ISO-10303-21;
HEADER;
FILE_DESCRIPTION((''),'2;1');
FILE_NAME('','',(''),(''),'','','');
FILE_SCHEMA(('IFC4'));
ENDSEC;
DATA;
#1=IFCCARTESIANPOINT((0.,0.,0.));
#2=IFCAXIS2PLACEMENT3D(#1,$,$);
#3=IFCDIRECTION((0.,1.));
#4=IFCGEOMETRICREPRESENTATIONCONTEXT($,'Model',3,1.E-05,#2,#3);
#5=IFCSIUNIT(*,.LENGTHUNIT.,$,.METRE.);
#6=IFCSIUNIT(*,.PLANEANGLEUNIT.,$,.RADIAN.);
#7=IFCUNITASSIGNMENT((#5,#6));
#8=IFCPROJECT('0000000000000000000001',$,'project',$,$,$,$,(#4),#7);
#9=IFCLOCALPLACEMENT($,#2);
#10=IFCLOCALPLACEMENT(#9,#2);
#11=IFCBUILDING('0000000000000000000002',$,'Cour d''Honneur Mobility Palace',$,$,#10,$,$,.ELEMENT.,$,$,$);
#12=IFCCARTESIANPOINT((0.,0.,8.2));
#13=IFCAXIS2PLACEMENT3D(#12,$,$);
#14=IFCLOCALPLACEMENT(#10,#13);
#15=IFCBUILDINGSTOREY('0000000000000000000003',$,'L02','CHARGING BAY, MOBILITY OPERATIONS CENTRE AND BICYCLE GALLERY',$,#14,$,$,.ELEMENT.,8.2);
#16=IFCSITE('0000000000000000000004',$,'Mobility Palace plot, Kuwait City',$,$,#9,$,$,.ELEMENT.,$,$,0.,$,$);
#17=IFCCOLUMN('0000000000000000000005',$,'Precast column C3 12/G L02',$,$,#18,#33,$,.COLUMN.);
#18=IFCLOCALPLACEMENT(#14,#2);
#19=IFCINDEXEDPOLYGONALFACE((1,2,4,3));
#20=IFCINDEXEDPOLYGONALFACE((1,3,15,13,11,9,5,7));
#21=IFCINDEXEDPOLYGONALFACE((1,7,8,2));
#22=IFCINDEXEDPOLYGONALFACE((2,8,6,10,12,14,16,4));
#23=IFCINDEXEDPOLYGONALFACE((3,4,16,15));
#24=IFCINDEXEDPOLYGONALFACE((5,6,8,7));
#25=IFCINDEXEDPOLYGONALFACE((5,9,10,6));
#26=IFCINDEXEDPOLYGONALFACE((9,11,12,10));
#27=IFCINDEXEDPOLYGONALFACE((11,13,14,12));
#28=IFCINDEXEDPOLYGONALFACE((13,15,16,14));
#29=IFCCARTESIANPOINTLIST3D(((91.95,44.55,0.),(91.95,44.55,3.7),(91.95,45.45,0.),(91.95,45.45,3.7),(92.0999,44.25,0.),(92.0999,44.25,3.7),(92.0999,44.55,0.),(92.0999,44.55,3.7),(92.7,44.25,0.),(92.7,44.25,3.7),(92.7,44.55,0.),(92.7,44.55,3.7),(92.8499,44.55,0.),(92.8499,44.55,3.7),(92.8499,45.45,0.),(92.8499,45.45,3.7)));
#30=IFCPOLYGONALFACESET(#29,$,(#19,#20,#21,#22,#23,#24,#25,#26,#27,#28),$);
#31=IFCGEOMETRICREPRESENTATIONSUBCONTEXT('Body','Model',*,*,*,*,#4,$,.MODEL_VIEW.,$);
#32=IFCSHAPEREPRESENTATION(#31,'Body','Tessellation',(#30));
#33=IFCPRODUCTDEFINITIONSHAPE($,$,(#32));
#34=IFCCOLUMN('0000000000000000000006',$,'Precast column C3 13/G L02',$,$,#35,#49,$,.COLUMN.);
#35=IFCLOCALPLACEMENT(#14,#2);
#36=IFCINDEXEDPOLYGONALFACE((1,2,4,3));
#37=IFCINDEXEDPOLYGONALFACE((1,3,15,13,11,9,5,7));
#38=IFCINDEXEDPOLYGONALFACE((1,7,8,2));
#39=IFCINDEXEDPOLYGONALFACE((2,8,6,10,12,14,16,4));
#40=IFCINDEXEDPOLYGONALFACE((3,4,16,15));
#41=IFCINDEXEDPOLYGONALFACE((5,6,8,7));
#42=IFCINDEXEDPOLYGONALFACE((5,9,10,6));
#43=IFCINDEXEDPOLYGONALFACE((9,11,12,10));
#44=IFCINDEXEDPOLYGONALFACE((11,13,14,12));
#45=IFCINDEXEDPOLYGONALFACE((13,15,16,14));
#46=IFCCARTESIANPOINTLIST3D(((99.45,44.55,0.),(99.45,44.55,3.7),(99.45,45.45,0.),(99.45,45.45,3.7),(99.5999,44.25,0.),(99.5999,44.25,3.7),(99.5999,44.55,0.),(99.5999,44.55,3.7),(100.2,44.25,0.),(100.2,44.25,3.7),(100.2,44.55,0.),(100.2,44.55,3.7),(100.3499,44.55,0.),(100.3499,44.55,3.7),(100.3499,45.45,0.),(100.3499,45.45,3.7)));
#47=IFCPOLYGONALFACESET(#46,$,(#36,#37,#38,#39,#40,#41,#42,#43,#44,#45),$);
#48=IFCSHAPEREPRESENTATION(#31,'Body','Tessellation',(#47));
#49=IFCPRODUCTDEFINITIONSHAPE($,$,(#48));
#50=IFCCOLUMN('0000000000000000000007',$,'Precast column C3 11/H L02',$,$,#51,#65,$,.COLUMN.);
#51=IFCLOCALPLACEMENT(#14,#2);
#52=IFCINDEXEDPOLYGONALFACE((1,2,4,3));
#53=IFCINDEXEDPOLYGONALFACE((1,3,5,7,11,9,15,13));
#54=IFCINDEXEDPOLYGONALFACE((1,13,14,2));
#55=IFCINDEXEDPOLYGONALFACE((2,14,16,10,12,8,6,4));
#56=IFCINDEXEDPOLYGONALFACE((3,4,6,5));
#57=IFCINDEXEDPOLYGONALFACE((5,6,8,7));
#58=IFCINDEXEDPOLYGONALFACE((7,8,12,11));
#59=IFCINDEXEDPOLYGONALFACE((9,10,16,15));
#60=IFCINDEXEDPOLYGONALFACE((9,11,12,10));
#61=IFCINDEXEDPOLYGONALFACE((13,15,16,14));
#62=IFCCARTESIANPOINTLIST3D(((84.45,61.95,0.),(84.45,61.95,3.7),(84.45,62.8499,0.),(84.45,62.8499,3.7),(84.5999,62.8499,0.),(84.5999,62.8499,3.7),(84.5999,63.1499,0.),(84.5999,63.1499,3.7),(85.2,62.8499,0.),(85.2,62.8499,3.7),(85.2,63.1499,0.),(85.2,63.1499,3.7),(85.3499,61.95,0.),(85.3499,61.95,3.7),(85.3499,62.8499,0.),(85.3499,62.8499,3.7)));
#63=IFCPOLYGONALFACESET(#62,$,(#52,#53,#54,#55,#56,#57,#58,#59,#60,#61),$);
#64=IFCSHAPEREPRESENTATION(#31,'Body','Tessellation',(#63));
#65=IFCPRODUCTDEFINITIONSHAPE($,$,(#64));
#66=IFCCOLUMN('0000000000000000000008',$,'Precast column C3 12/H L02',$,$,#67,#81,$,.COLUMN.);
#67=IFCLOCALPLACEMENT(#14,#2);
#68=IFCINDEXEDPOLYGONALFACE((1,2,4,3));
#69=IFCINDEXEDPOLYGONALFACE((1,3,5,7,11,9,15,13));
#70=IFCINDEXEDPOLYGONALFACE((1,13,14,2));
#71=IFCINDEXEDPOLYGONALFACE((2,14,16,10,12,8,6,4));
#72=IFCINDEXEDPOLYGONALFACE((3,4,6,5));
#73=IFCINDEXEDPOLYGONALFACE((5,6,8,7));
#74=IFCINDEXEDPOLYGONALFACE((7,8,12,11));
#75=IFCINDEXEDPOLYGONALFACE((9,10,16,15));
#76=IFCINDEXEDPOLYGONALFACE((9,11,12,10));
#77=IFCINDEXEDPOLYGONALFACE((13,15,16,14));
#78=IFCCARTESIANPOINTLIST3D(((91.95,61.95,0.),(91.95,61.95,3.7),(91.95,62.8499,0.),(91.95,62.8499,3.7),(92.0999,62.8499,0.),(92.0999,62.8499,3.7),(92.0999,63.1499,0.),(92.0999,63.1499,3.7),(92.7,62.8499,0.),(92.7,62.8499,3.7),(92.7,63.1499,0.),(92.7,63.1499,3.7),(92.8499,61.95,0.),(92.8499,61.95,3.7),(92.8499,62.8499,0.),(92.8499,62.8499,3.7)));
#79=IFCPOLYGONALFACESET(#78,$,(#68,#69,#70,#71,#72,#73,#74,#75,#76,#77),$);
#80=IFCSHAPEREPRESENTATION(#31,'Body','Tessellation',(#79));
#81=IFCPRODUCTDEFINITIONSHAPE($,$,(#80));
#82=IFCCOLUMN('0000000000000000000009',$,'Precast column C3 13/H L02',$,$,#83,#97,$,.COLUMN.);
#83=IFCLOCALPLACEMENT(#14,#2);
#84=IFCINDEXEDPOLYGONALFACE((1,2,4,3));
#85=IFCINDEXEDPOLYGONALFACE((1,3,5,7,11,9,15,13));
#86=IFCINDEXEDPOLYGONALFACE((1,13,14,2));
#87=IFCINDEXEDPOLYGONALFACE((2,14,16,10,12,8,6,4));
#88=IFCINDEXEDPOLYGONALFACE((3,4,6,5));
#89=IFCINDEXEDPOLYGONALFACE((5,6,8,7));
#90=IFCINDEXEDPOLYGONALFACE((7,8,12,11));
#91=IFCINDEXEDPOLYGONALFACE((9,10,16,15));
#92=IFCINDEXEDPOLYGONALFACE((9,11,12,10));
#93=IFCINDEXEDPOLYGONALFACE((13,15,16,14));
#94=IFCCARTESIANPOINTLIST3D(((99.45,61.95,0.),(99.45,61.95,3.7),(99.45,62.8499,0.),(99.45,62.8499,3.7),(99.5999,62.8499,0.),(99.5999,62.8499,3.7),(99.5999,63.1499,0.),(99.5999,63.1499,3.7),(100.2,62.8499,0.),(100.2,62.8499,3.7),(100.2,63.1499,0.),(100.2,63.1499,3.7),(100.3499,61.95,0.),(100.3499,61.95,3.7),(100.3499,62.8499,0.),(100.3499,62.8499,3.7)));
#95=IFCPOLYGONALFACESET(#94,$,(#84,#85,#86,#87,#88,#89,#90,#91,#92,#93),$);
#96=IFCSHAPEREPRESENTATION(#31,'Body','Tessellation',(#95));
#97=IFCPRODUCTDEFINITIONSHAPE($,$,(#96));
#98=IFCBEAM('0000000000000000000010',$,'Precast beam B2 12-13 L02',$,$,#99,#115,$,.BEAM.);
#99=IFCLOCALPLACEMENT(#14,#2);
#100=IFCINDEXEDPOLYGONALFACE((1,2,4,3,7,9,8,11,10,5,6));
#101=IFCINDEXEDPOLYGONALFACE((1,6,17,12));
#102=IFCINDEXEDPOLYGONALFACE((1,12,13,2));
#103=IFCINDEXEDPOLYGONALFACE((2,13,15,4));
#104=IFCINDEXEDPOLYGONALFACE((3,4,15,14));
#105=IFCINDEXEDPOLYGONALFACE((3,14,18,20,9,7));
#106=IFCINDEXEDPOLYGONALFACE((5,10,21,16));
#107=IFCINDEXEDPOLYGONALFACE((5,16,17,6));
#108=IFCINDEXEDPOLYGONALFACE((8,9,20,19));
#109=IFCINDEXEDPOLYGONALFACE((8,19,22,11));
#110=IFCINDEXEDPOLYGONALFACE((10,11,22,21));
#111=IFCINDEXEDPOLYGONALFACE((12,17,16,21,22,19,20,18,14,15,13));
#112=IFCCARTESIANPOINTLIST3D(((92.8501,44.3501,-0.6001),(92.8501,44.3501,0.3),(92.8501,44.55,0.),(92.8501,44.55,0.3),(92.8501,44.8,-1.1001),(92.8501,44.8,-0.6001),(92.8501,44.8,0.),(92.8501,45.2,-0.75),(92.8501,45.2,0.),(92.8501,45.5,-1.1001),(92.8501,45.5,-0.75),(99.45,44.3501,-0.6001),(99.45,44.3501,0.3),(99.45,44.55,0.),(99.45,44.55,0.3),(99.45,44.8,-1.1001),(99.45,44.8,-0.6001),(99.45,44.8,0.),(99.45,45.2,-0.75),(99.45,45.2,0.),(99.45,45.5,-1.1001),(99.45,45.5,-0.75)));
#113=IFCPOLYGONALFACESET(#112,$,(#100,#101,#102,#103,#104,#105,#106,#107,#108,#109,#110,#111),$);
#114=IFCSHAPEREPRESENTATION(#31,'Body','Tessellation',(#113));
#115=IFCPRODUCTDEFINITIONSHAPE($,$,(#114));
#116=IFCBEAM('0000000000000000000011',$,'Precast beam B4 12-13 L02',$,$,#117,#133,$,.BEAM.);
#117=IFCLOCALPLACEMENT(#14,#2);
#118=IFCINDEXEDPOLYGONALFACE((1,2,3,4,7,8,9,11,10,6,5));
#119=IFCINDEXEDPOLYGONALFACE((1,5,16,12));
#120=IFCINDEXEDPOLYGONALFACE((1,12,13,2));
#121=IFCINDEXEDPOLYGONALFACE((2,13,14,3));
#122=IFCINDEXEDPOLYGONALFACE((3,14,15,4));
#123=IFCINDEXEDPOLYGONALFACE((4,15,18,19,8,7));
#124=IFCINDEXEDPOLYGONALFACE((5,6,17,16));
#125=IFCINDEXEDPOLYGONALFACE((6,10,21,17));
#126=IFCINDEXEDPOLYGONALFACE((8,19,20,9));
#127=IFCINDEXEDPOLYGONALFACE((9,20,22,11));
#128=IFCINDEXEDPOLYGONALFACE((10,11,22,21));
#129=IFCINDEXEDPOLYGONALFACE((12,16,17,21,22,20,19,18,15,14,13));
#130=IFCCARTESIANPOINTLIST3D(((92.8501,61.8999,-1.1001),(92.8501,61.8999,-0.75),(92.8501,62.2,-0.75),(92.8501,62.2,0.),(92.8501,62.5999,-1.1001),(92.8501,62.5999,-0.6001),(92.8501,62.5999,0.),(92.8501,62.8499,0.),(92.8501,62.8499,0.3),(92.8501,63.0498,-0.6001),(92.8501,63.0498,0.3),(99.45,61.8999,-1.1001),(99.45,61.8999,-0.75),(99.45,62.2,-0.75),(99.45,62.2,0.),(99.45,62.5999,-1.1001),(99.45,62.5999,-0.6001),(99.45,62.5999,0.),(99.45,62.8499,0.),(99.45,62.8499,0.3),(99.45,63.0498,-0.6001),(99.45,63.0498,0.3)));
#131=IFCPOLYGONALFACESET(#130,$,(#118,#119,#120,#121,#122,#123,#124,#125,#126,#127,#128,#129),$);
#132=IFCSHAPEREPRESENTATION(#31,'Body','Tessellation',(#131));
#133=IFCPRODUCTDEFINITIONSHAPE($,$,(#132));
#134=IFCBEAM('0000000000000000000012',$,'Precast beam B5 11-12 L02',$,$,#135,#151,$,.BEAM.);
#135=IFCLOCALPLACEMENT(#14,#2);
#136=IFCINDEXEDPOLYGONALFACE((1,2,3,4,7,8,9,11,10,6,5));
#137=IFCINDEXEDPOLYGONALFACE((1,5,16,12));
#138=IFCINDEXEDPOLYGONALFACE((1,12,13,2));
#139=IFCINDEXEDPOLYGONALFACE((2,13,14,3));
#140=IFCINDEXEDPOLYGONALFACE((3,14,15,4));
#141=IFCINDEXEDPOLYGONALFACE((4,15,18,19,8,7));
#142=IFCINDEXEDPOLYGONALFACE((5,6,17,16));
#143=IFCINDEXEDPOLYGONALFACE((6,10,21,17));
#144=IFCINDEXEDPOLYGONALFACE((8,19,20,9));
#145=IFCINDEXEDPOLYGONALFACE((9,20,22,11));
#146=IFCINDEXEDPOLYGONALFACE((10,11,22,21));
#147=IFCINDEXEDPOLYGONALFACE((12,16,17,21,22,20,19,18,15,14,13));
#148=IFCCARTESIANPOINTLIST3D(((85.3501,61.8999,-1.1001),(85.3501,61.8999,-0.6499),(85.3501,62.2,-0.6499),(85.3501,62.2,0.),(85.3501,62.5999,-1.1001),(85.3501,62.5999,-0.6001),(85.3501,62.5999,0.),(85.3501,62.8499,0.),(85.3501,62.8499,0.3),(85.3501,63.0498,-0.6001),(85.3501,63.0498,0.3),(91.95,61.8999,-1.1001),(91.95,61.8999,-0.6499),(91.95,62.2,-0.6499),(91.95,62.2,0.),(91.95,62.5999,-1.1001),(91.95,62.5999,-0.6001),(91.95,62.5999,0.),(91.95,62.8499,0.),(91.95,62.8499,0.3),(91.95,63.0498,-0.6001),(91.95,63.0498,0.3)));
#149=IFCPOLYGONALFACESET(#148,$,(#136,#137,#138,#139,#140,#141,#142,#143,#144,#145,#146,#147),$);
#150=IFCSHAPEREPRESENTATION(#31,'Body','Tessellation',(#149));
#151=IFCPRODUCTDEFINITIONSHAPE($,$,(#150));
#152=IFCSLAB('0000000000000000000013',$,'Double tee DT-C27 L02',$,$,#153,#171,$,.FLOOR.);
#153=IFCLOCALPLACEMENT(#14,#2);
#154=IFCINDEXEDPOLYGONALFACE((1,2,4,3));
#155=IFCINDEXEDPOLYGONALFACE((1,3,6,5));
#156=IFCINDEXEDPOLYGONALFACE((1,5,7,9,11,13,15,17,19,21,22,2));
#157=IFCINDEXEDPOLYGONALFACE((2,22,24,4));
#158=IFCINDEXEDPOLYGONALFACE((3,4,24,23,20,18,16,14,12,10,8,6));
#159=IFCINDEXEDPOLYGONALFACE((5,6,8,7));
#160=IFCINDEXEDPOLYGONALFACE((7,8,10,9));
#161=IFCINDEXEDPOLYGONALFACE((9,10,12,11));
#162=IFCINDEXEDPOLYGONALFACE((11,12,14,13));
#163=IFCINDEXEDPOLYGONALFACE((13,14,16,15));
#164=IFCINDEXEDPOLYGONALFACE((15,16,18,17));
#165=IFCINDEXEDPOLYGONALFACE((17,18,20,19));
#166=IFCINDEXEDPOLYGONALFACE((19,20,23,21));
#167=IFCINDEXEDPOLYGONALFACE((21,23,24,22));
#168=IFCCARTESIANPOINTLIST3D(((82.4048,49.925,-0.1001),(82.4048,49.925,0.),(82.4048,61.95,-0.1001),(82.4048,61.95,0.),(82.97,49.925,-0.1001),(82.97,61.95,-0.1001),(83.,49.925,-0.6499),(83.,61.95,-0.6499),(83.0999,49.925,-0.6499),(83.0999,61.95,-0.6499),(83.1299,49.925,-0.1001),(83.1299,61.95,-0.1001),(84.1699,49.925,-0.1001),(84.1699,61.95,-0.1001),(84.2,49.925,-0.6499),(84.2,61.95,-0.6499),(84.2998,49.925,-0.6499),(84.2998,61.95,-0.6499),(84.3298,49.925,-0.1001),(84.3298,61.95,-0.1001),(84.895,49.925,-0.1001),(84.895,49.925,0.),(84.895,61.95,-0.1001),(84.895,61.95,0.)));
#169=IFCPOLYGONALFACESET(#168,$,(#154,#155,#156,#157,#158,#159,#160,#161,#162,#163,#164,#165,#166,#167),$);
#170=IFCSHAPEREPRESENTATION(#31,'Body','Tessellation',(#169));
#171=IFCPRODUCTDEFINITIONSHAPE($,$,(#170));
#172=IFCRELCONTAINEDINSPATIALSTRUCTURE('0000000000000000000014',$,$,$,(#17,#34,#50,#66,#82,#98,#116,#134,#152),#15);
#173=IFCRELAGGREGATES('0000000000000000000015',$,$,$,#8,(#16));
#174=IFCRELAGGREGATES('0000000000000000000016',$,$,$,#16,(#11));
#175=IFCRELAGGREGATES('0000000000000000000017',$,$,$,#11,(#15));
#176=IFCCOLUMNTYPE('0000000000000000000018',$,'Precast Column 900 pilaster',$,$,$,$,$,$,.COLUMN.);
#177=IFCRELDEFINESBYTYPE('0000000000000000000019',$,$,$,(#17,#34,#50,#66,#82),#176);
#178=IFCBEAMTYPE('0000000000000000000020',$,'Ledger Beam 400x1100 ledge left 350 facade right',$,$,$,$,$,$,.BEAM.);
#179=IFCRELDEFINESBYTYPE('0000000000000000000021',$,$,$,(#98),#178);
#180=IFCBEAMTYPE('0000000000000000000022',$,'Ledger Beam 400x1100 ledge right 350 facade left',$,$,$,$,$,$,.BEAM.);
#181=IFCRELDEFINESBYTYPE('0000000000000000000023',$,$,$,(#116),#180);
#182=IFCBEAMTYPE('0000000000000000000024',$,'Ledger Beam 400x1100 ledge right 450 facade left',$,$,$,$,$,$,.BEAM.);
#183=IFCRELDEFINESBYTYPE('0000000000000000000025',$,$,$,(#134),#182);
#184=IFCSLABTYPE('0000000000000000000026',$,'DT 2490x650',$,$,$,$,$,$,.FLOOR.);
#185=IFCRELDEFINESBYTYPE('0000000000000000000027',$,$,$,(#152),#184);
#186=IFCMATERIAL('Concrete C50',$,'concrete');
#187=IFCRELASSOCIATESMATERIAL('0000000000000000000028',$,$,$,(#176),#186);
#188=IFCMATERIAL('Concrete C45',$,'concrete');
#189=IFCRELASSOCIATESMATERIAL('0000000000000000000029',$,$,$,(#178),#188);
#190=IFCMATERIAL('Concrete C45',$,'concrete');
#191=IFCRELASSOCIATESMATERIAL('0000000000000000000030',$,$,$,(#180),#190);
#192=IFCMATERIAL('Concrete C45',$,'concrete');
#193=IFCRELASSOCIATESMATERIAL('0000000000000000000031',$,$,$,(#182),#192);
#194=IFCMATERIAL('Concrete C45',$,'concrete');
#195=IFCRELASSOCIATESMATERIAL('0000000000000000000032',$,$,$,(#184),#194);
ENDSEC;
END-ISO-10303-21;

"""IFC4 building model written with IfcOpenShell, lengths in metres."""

from ifc_helpers import new_model, si_unit, direction, frame, origin, place, context, subcontext, project, spatial, polyline, outline, extrude, material, material_profile, profile_set, type_object, element, save


model = new_model("IFC4")

# Units and contexts
model_context = context("Model", 3, precision=1e-05, world=origin(), true_north=direction((0.0, 1.0)))
body_context = subcontext(model_context, "Body", "Model", "MODEL_VIEW")
ifc_project = project(units=[si_unit("LENGTHUNIT", "METRE"), si_unit("PLANEANGLEUNIT", "RADIAN")], contexts=[model_context])

# Site, building, storey
site_placement = place(None, origin())
site = spatial("IfcSite", under=ifc_project, at=site_placement, Name="Mobility Palace plot, Kuwait City", CompositionType="ELEMENT", RefElevation=0.0)
building_placement = place(site_placement, origin())
building = spatial("IfcBuilding", under=site, at=building_placement, Name="Cour d'Honneur Mobility Palace", CompositionType="ELEMENT")
storey_placement = place(building_placement, frame((0.0, 0.0, 8.2)))
storey = spatial("IfcBuildingStorey", under=building, at=storey_placement, Name="L02", Description="CHARGING BAY, MOBILITY OPERATIONS CENTRE AND BICYCLE GALLERY", CompositionType="ELEMENT", Elevation=8.2)

# Columns
ifc_material_1 = material(Name="Concrete C50", Category="concrete")
ifc_material_profile_1 = material_profile(ifc_material_1, outline(polyline([(-0.45, -0.45), (0.45, -0.45), (0.45, -0.3), (0.75, -0.3), (0.75, 0.3), (0.45, 0.3), (0.45, 0.45), (-0.45, 0.45), (-0.45, -0.45)])), Name="PC C900 pilaster")
ifc_profile_set_1 = profile_set([ifc_material_profile_1], Name="Concrete C50")
column_type = type_object("IfcColumnType", Name="Precast Column 900 pilaster", PredefinedType="COLUMN", material=ifc_profile_set_1)
for number, where, z_axis, x_axis, name in (
    (1, (92.3999, 45.0, 0.0), (0.0, 0.0, 1.0), (0.0, -1.0, 0.0), "Precast column C3 12/G L02"),
    (2, (99.8999, 45.0, 0.0), (0.0, 0.0, 1.0), (0.0, -1.0, 0.0), "Precast column C3 13/G L02"),
    (3, (84.8999, 62.3999, 0.0), (0.0, 0.0, 1.0), (0.0, 1.0, 0.0), "Precast column C3 11/H L02"),
    (4, (92.3999, 62.3999, 0.0), (0.0, 0.0, 1.0), (0.0, 1.0, 0.0), "Precast column C3 12/H L02"),
    (5, (99.8999, 62.3999, 0.0), (0.0, 0.0, 1.0), (0.0, 1.0, 0.0), "Precast column C3 13/H L02"),
):
    element("IfcColumn", number, at=place(storey_placement, frame(where, z_axis=z_axis, x_axis=x_axis)), inside=storey, type_object=column_type, Name=name, PredefinedType="COLUMN", context=body_context, shape_type="SweptSolid", body=[
        extrude(outline(polyline([(-0.45, -0.45), (0.45, -0.45), (0.45, -0.3), (0.75, -0.3), (0.75, 0.3), (0.45, 0.3), (0.45, 0.45), (-0.45, 0.45), (-0.45, -0.45)])), origin(), (0.0, 0.0, 1.0), 3.7),
    ])

# Beams
ifc_material_2 = material(Name="Concrete C45", Category="concrete")
ifc_material_profile_2 = material_profile(ifc_material_2, outline(polyline([(0.5, -1.1001), (0.5, -0.75), (0.2, -0.75), (0.2, 0.0), (-0.2, 0.0), (-0.45, 0.0), (-0.45, 0.3), (-0.6499, 0.3), (-0.6499, -0.6001), (-0.2, -0.6001), (-0.2, -1.1001), (0.5, -1.1001)])), Name="Ledger Beam 400x1100 ledge left 350 facade right")
ifc_profile_set_2 = profile_set([ifc_material_profile_2], Name="Concrete C45")
beam_type_1 = type_object("IfcBeamType", Name="Ledger Beam 400x1100 ledge left 350 facade right", PredefinedType="BEAM", material=ifc_profile_set_2)
beam_1_placement = place(storey_placement, frame((92.8501, 45.0, 0.0), z_axis=(1.0, 0.0, 0.0), x_axis=(0.0, 1.0, 0.0)))
element("IfcBeam", 6, at=beam_1_placement, inside=storey, type_object=beam_type_1, Name="Precast beam B2 12-13 L02", PredefinedType="BEAM", context=body_context, shape_type="SweptSolid", body=[
    extrude(outline(polyline([(0.5, -1.1001), (0.5, -0.75), (0.2, -0.75), (0.2, 0.0), (-0.2, 0.0), (-0.45, 0.0), (-0.45, 0.3), (-0.6499, 0.3), (-0.6499, -0.6001), (-0.2, -0.6001), (-0.2, -1.1001), (0.5, -1.1001)])), origin(), (0.0, 0.0, 1.0), 6.5999),
])
ifc_material_3 = material(Name="Concrete C45", Category="concrete")
ifc_material_profile_3 = material_profile(ifc_material_3, outline(polyline([(0.2, -1.1001), (0.2, -0.6001), (0.6499, -0.6001), (0.6499, 0.3), (0.45, 0.3), (0.45, 0.0), (0.2, 0.0), (-0.2, 0.0), (-0.2, -0.75), (-0.5, -0.75), (-0.5, -1.1001), (0.2, -1.1001)])), Name="Ledger Beam 400x1100 ledge right 350 facade left")
ifc_profile_set_3 = profile_set([ifc_material_profile_3], Name="Concrete C45")
beam_type_2 = type_object("IfcBeamType", Name="Ledger Beam 400x1100 ledge right 350 facade left", PredefinedType="BEAM", material=ifc_profile_set_3)
beam_2_placement = place(storey_placement, frame((92.8501, 62.3999, 0.0), z_axis=(1.0, 0.0, 0.0), x_axis=(0.0, 1.0, 0.0)))
element("IfcBeam", 7, at=beam_2_placement, inside=storey, type_object=beam_type_2, Name="Precast beam B4 12-13 L02", PredefinedType="BEAM", context=body_context, shape_type="SweptSolid", body=[
    extrude(outline(polyline([(0.2, -1.1001), (0.2, -0.6001), (0.6499, -0.6001), (0.6499, 0.3), (0.45, 0.3), (0.45, 0.0), (0.2, 0.0), (-0.2, 0.0), (-0.2, -0.75), (-0.5, -0.75), (-0.5, -1.1001), (0.2, -1.1001)])), origin(), (0.0, 0.0, 1.0), 6.5999),
])
ifc_material_4 = material(Name="Concrete C45", Category="concrete")
ifc_material_profile_4 = material_profile(ifc_material_4, outline(polyline([(0.2, -1.1001), (0.2, -0.6001), (0.6499, -0.6001), (0.6499, 0.3), (0.45, 0.3), (0.45, 0.0), (0.2, 0.0), (-0.2, 0.0), (-0.2, -0.6499), (-0.5, -0.6499), (-0.5, -1.1001), (0.2, -1.1001)])), Name="Ledger Beam 400x1100 ledge right 450 facade left")
ifc_profile_set_4 = profile_set([ifc_material_profile_4], Name="Concrete C45")
beam_type_3 = type_object("IfcBeamType", Name="Ledger Beam 400x1100 ledge right 450 facade left", PredefinedType="BEAM", material=ifc_profile_set_4)
beam_3_placement = place(storey_placement, frame((85.3501, 62.3999, 0.0), z_axis=(1.0, 0.0, 0.0), x_axis=(0.0, 1.0, 0.0)))
element("IfcBeam", 8, at=beam_3_placement, inside=storey, type_object=beam_type_3, Name="Precast beam B5 11-12 L02", PredefinedType="BEAM", context=body_context, shape_type="SweptSolid", body=[
    extrude(outline(polyline([(0.2, -1.1001), (0.2, -0.6001), (0.6499, -0.6001), (0.6499, 0.3), (0.45, 0.3), (0.45, 0.0), (0.2, 0.0), (-0.2, 0.0), (-0.2, -0.6499), (-0.5, -0.6499), (-0.5, -1.1001), (0.2, -1.1001)])), origin(), (0.0, 0.0, 1.0), 6.5999),
])

# Slab
ifc_material_5 = material(Name="Concrete C45", Category="concrete")
ifc_material_profile_5 = material_profile(ifc_material_5, outline(polyline([(-1.2451, 0.0), (1.2451, 0.0), (1.2451, -0.1001), (0.6799, -0.1001), (0.6499, -0.6499), (0.55, -0.6499), (0.52, -0.1001), (-0.52, -0.1001), (-0.55, -0.6499), (-0.6499, -0.6499), (-0.6799, -0.1001), (-1.2451, -0.1001), (-1.2451, 0.0)])), Name="DT 2490x650")
ifc_profile_set_5 = profile_set([ifc_material_profile_5], Name="Concrete C45")
slab_type_1 = type_object("IfcSlabType", Name="DT 2490x650", PredefinedType="FLOOR", material=ifc_profile_set_5)
for number, where, z_axis, x_axis, name in (
    (9, (83.6499, 49.925, 0.0), (0.0, 1.0, 0.0), (-1.0, 0.0, 0.0), "Double tee DT-C27 L02"),
):
    element("IfcSlab", number, at=place(storey_placement, frame(where, z_axis=z_axis, x_axis=x_axis)), inside=storey, type_object=slab_type_1, Name=name, PredefinedType="FLOOR", context=body_context, shape_type="SweptSolid", body=[
        extrude(outline(polyline([(-1.2451, 0.0), (1.2451, 0.0), (1.2451, -0.1001), (0.6799, -0.1001), (0.6499, -0.6499), (0.55, -0.6499), (0.52, -0.1001), (-0.52, -0.1001), (-0.55, -0.6499), (-0.6499, -0.6499), (-0.6799, -0.1001), (-1.2451, -0.1001), (-1.2451, 0.0)])), origin(), (0.0, 0.0, 1.0), 12.0249),
    ])

save(model, "model.ifc")
